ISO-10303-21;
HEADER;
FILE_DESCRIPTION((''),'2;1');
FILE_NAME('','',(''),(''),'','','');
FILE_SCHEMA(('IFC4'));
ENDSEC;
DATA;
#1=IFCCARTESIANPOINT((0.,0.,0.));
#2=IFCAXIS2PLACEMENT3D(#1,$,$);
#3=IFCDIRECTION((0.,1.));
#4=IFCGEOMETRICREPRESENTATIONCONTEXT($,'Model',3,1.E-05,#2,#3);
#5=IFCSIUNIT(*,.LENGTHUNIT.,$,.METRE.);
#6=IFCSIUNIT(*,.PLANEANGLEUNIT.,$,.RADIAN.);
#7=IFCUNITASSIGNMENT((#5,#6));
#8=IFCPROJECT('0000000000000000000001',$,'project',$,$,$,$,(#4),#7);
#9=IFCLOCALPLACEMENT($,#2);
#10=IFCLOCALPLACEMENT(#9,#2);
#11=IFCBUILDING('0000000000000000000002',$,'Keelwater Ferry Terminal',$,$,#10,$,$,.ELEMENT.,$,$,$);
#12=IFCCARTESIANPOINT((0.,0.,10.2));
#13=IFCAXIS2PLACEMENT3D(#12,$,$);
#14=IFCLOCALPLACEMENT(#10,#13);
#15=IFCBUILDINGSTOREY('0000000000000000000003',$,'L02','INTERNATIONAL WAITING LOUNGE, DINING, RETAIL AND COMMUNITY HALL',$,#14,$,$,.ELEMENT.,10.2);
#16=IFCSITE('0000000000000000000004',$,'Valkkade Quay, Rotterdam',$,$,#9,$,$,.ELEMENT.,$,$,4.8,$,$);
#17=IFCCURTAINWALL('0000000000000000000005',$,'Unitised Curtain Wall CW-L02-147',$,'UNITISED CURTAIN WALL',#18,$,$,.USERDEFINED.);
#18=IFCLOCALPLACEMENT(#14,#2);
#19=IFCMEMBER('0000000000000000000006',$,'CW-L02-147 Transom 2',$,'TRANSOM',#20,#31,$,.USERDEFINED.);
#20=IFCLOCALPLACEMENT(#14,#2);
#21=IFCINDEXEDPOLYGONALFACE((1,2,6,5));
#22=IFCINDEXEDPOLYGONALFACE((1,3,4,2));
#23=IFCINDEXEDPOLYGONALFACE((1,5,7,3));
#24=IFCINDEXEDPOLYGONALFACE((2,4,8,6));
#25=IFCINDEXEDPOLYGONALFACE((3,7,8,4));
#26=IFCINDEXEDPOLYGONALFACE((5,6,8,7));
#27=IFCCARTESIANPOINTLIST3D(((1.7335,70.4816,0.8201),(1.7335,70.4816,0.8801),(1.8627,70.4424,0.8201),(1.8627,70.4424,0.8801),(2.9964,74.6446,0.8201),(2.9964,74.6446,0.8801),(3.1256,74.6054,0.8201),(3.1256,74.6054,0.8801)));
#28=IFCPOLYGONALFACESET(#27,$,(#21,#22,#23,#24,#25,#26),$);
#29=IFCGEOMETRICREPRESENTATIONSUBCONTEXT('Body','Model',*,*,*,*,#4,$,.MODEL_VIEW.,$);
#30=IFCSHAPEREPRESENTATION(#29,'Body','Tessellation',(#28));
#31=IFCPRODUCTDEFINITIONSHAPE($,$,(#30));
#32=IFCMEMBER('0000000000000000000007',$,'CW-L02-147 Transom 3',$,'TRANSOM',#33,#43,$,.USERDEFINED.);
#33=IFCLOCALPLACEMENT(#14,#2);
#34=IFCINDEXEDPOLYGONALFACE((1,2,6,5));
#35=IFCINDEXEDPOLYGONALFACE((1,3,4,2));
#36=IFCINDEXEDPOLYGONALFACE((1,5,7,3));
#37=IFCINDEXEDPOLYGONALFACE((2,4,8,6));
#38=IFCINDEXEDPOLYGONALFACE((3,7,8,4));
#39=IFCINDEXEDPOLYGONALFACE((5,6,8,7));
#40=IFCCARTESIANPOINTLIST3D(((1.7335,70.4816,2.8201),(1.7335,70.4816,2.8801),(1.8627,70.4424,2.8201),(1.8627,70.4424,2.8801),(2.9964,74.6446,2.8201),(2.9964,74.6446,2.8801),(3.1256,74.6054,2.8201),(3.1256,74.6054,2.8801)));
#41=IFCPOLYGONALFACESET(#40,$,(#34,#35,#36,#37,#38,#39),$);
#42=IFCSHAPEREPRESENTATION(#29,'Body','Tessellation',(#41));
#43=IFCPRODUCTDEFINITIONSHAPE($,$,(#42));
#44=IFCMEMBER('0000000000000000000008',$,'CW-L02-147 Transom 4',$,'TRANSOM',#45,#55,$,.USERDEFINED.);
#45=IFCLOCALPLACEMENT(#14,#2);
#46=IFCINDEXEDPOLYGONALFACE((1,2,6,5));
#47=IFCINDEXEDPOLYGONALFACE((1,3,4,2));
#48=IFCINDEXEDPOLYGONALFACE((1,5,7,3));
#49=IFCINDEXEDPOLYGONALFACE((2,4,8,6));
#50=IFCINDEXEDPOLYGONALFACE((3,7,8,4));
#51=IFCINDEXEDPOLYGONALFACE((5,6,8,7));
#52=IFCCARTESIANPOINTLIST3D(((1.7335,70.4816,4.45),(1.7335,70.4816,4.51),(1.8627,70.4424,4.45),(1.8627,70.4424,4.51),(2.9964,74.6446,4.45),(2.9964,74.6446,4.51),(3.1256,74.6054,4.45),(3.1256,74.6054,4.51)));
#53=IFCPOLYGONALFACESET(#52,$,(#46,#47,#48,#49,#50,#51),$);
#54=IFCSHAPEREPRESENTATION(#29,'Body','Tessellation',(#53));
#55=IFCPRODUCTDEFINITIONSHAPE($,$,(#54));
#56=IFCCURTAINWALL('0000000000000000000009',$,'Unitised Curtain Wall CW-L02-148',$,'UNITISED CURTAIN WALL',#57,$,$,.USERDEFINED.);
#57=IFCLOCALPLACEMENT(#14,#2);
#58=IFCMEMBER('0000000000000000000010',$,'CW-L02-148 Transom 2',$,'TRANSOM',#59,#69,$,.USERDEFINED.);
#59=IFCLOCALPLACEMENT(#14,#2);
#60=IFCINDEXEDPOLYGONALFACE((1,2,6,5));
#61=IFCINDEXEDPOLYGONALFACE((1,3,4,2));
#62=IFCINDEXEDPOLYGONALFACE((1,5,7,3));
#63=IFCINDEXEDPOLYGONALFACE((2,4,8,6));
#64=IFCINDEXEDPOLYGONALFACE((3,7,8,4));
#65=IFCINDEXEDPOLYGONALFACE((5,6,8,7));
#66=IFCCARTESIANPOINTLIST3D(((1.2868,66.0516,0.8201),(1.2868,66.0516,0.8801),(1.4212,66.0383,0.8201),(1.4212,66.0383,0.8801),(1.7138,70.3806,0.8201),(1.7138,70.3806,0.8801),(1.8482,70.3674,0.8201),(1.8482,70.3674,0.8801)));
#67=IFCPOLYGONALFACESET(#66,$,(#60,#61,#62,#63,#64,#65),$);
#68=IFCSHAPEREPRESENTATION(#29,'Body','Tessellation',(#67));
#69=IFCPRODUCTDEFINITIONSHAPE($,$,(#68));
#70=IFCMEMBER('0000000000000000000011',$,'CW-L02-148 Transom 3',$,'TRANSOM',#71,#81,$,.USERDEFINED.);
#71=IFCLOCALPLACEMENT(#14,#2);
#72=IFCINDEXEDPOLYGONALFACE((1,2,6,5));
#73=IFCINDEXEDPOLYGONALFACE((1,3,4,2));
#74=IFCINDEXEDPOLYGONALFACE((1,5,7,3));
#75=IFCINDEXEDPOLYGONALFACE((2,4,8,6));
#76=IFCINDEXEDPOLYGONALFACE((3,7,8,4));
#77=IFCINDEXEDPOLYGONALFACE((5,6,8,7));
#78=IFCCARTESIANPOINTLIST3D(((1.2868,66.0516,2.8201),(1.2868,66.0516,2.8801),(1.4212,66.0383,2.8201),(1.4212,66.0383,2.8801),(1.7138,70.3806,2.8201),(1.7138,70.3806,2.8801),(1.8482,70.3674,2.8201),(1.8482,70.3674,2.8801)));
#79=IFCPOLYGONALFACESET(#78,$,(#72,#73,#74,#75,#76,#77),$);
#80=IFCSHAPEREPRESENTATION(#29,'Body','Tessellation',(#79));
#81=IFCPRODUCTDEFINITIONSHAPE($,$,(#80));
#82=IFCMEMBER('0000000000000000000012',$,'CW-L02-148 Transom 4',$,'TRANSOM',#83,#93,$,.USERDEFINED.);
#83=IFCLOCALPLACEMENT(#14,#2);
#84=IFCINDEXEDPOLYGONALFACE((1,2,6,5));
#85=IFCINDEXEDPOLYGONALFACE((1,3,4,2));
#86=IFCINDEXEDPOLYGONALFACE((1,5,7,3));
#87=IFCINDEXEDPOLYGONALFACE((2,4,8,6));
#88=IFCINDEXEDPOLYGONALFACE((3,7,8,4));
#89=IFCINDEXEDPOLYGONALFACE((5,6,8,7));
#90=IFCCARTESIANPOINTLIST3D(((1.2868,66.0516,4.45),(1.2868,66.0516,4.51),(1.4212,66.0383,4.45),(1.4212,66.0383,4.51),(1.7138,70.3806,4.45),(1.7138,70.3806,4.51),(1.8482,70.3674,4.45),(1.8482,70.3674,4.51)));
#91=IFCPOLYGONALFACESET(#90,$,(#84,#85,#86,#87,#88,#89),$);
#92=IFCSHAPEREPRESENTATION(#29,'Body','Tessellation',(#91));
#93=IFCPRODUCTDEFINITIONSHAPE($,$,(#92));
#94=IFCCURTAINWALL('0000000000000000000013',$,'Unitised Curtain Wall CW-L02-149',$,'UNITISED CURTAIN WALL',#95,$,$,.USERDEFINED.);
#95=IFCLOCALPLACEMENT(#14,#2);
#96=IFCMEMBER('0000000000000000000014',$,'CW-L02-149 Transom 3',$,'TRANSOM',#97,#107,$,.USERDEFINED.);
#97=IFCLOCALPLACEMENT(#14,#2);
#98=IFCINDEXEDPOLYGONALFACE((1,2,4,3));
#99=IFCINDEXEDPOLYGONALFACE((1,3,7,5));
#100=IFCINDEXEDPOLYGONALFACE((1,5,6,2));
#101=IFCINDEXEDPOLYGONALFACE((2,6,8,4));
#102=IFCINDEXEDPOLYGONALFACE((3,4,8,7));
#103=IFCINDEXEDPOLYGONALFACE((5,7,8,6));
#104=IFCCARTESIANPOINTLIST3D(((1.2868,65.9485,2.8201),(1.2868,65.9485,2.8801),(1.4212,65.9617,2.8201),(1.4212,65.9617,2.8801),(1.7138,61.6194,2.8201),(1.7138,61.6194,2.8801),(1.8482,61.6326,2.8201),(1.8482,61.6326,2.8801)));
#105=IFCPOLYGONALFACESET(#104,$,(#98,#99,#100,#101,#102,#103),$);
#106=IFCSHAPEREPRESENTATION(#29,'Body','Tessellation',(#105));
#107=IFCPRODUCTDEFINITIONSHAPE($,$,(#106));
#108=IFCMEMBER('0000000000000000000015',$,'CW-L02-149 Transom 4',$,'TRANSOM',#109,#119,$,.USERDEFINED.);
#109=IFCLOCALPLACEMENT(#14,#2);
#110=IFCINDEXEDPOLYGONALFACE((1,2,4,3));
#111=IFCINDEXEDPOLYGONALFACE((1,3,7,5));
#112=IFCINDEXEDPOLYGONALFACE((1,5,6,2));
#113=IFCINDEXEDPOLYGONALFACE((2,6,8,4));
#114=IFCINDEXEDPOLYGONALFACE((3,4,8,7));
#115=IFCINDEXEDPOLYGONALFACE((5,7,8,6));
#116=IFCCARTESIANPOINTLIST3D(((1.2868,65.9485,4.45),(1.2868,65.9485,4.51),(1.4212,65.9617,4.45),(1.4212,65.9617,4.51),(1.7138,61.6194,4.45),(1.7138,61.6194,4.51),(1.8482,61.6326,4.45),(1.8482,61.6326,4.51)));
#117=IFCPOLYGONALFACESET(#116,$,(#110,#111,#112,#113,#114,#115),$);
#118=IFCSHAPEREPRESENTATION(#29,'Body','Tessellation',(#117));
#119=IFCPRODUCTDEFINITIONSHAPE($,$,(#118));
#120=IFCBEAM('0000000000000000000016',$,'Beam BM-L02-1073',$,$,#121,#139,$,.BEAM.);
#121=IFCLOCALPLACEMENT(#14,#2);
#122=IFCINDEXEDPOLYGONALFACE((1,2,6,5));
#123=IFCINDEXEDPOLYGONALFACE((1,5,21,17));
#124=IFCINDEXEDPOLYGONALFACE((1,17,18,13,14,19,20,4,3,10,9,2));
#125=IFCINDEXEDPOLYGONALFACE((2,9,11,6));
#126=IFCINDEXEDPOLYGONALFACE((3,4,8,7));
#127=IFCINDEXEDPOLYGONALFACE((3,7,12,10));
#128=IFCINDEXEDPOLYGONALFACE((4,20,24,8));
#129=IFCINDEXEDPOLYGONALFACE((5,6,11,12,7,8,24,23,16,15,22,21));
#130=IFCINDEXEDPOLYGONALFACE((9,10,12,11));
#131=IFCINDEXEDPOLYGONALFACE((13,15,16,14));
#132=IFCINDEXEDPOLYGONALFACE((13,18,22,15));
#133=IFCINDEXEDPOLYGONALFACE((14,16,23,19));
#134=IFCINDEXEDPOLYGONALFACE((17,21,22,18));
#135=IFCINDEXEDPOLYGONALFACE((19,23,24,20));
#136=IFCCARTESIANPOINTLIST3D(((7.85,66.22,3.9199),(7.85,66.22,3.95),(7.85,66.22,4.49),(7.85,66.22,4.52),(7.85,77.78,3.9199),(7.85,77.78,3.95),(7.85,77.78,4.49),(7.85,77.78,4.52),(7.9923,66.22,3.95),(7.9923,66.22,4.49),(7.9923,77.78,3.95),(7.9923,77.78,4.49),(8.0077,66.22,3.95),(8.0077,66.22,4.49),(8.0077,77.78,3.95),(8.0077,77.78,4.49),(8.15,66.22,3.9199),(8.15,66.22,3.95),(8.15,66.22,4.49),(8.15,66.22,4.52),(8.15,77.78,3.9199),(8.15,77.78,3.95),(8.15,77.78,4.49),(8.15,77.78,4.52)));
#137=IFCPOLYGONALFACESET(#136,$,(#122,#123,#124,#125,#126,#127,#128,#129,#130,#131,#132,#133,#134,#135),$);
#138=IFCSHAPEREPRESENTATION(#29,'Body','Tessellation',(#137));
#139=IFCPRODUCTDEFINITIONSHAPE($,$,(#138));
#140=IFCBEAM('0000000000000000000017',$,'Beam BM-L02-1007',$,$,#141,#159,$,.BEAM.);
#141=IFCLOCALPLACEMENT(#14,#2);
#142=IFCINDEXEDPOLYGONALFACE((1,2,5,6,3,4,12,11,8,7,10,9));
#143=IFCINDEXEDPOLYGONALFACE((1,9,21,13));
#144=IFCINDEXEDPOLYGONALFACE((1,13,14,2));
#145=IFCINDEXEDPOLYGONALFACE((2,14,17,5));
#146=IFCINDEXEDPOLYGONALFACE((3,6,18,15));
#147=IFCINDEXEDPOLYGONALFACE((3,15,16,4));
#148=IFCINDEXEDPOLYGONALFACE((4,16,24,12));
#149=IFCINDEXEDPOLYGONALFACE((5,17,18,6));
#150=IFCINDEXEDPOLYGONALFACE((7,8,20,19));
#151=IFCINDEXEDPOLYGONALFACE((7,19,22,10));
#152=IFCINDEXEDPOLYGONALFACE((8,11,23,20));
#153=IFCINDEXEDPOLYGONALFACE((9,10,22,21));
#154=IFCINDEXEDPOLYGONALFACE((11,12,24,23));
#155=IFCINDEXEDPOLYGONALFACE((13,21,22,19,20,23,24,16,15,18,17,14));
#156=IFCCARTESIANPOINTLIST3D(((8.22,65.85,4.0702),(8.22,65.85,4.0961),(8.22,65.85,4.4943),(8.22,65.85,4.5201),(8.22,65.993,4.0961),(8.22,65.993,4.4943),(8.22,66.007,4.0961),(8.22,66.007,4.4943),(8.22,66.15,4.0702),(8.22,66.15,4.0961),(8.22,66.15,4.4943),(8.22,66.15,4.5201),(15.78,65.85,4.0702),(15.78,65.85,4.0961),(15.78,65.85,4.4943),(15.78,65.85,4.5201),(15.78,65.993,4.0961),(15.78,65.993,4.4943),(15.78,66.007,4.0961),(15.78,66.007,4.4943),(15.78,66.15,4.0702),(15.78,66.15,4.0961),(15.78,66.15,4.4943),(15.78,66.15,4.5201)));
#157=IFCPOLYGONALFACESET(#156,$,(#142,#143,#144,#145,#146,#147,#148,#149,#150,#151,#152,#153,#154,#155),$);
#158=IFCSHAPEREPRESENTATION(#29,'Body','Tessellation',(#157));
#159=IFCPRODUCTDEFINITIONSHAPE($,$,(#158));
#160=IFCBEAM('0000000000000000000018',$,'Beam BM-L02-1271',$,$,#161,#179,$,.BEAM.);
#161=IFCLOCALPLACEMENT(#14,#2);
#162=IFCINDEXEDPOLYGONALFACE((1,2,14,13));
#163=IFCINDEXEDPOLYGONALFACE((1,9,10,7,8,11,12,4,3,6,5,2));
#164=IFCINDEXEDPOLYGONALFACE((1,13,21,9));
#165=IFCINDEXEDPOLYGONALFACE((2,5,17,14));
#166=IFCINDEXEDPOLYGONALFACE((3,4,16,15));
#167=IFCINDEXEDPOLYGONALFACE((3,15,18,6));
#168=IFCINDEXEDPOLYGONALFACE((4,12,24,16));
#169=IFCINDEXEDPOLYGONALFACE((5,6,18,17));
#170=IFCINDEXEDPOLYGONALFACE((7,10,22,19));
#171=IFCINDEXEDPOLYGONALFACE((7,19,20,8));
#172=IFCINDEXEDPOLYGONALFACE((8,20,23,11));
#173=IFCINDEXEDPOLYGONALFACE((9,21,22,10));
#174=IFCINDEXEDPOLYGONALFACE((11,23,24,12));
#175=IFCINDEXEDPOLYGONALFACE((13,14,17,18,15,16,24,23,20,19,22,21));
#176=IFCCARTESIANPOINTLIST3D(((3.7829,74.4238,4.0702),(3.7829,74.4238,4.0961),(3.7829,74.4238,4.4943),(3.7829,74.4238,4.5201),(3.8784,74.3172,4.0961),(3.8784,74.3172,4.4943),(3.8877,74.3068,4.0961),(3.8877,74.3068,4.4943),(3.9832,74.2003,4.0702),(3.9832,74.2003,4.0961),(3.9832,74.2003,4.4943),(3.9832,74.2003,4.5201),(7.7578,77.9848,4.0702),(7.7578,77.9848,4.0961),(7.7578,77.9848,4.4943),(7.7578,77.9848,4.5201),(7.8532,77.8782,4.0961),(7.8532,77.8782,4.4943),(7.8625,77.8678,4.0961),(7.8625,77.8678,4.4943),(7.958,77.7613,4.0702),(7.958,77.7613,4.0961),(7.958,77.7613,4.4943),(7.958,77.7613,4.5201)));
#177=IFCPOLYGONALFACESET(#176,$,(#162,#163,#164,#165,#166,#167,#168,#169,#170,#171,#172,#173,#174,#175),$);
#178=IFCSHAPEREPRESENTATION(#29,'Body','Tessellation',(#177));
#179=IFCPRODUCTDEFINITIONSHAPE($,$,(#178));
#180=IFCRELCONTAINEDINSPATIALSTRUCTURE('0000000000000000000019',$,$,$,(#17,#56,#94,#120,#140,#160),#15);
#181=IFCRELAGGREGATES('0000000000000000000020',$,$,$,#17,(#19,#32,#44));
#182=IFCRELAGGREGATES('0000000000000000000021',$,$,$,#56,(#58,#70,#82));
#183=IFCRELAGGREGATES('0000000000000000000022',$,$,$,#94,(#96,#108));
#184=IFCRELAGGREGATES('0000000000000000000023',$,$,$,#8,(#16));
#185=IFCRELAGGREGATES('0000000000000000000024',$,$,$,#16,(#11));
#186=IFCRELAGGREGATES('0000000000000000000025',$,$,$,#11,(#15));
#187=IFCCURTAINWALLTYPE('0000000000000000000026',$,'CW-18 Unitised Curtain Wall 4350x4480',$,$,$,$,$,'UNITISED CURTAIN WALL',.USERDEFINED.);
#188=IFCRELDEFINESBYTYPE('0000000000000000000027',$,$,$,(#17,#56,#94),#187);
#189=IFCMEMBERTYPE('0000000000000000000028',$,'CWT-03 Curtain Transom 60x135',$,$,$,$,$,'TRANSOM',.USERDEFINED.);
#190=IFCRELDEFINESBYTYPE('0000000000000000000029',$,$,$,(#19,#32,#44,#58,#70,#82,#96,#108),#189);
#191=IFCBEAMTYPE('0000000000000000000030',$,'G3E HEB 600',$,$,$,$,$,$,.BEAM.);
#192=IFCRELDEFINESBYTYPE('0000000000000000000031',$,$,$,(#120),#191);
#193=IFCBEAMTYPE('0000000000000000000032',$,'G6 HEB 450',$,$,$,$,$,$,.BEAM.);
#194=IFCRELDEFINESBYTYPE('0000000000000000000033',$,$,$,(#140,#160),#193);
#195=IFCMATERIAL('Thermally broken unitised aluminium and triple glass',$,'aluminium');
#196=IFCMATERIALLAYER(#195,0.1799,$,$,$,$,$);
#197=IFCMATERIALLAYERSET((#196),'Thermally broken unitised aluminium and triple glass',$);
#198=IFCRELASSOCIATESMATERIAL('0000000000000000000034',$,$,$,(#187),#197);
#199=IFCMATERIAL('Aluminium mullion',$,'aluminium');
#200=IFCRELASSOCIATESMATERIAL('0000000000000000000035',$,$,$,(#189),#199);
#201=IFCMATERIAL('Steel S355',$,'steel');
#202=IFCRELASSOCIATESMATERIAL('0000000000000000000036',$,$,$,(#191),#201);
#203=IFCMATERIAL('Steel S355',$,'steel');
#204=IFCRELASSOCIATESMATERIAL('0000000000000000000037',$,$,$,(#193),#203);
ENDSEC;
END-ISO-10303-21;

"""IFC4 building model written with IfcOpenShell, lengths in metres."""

from ifc_helpers import new_model, si_unit, direction, frame, origin, origin_2d, place, context, subcontext, project, spatial, rectangle, i_section, extrude, material, layer, layer_set, material_profile, profile_set, type_object, element, aggregate, save


model = new_model("IFC4")

# Units and contexts
model_context = context("Model", 3, precision=1e-05, world=origin(), true_north=direction((0.0, 1.0)))
body_context = subcontext(model_context, "Body", "Model", "MODEL_VIEW")
ifc_project = project(units=[si_unit("LENGTHUNIT", "METRE"), si_unit("PLANEANGLEUNIT", "RADIAN")], contexts=[model_context])

# Site, building, storey
site_placement = place(None, origin())
site = spatial("IfcSite", under=ifc_project, at=site_placement, Name="Valkkade Quay, Rotterdam", CompositionType="ELEMENT", RefElevation=4.8)
building_placement = place(site_placement, origin())
building = spatial("IfcBuilding", under=site, at=building_placement, Name="Keelwater Ferry Terminal", CompositionType="ELEMENT")
storey_placement = place(building_placement, frame((0.0, 0.0, 10.2)))
storey = spatial("IfcBuildingStorey", under=building, at=storey_placement, Name="L02", Description="INTERNATIONAL WAITING LOUNGE, DINING, RETAIL AND COMMUNITY HALL", CompositionType="ELEMENT", Elevation=10.2)

# Curtain walls, members
ifc_material_1 = material(Name="Thermally broken unitised aluminium and triple glass", Category="aluminium")
ifc_layer_1 = layer(ifc_material_1, 0.1799)
ifc_layer_set_1 = layer_set([ifc_layer_1], Name="Thermally broken unitised aluminium and triple glass")
curtain_wall_type = type_object("IfcCurtainWallType", Name="CW-18 Unitised Curtain Wall 4350x4480", ElementType="UNITISED CURTAIN WALL", PredefinedType="USERDEFINED", material=ifc_layer_set_1)
curtain_wall_1_placement = place(storey_placement, origin())
curtain_wall_1 = element("IfcCurtainWall", 1, at=curtain_wall_1_placement, inside=storey, type_object=curtain_wall_type, Name="Unitised Curtain Wall CW-L02-147", ObjectType="UNITISED CURTAIN WALL", PredefinedType="USERDEFINED")
ifc_material_2 = material(Name="Aluminium mullion", Category="aluminium")
ifc_material_profile_1 = material_profile(ifc_material_2, rectangle(XDim=0.135, YDim=0.0601, at=origin_2d()), Name="CWT-03")
ifc_profile_set_1 = profile_set([ifc_material_profile_1], Name="Aluminium mullion")
member_type = type_object("IfcMemberType", Name="CWT-03 Curtain Transom 60x135", ElementType="TRANSOM", PredefinedType="USERDEFINED", material=ifc_profile_set_1)
member_1_placement = place(storey_placement, frame((3.061, 74.625, 0.8501), z_axis=(-0.290302, -0.956935, 0.0), x_axis=(0.956935, -0.290302, 0.0)))
member_1 = element("IfcMember", 2, at=member_1_placement, type_object=member_type, Name="CW-L02-147 Transom 2", ObjectType="TRANSOM", PredefinedType="USERDEFINED", context=body_context, shape_type="SweptSolid", body=[
    extrude(rectangle(XDim=0.135, YDim=0.0601, at=origin_2d()), origin(), (0.0, 0.0, 1.0), 4.3503),
])
member_2_placement = place(storey_placement, frame((3.061, 74.625, 2.8501), z_axis=(-0.290302, -0.956935, 0.0), x_axis=(0.956935, -0.290302, 0.0)))
member_2 = element("IfcMember", 3, at=member_2_placement, type_object=member_type, Name="CW-L02-147 Transom 3", ObjectType="TRANSOM", PredefinedType="USERDEFINED", context=body_context, shape_type="SweptSolid", body=[
    extrude(rectangle(XDim=0.135, YDim=0.0601, at=origin_2d()), origin(), (0.0, 0.0, 1.0), 4.3503),
])
member_3_placement = place(storey_placement, frame((3.061, 74.625, 4.48), z_axis=(-0.290302, -0.956935, 0.0), x_axis=(0.956935, -0.290302, 0.0)))
member_3 = element("IfcMember", 4, at=member_3_placement, type_object=member_type, Name="CW-L02-147 Transom 4", ObjectType="TRANSOM", PredefinedType="USERDEFINED", context=body_context, shape_type="SweptSolid", body=[
    extrude(rectangle(XDim=0.135, YDim=0.0601, at=origin_2d()), origin(), (0.0, 0.0, 1.0), 4.3503),
])
curtain_wall_2_placement = place(storey_placement, origin())
curtain_wall_2 = element("IfcCurtainWall", 5, at=curtain_wall_2_placement, inside=storey, type_object=curtain_wall_type, Name="Unitised Curtain Wall CW-L02-148", ObjectType="UNITISED CURTAIN WALL", PredefinedType="USERDEFINED")
member_4_placement = place(storey_placement, frame((1.781, 70.374, 0.8501), z_axis=(-0.098159, -0.995171, 0.0), x_axis=(0.995171, -0.098159, 0.0)))
member_4 = element("IfcMember", 6, at=member_4_placement, type_object=member_type, Name="CW-L02-148 Transom 2", ObjectType="TRANSOM", PredefinedType="USERDEFINED", context=body_context, shape_type="SweptSolid", body=[
    extrude(rectangle(XDim=0.135, YDim=0.0601, at=origin_2d()), origin(), (0.0, 0.0, 1.0), 4.3501),
])
member_5_placement = place(storey_placement, frame((1.781, 70.374, 2.8501), z_axis=(-0.098159, -0.995171, 0.0), x_axis=(0.995171, -0.098159, 0.0)))
member_5 = element("IfcMember", 7, at=member_5_placement, type_object=member_type, Name="CW-L02-148 Transom 3", ObjectType="TRANSOM", PredefinedType="USERDEFINED", context=body_context, shape_type="SweptSolid", body=[
    extrude(rectangle(XDim=0.135, YDim=0.0601, at=origin_2d()), origin(), (0.0, 0.0, 1.0), 4.3501),
])
member_6_placement = place(storey_placement, frame((1.781, 70.374, 4.48), z_axis=(-0.098159, -0.995171, 0.0), x_axis=(0.995171, -0.098159, 0.0)))
member_6 = element("IfcMember", 8, at=member_6_placement, type_object=member_type, Name="CW-L02-148 Transom 4", ObjectType="TRANSOM", PredefinedType="USERDEFINED", context=body_context, shape_type="SweptSolid", body=[
    extrude(rectangle(XDim=0.135, YDim=0.0601, at=origin_2d()), origin(), (0.0, 0.0, 1.0), 4.3501),
])
curtain_wall_3_placement = place(storey_placement, origin())
curtain_wall_3 = element("IfcCurtainWall", 9, at=curtain_wall_3_placement, inside=storey, type_object=curtain_wall_type, Name="Unitised Curtain Wall CW-L02-149", ObjectType="UNITISED CURTAIN WALL", PredefinedType="USERDEFINED")
member_7_placement = place(storey_placement, frame((1.354, 65.9551, 2.8501), z_axis=(0.098159, -0.995171, 0.0), x_axis=(0.995171, 0.098159, 0.0)))
member_7 = element("IfcMember", 10, at=member_7_placement, type_object=member_type, Name="CW-L02-149 Transom 3", ObjectType="TRANSOM", PredefinedType="USERDEFINED", context=body_context, shape_type="SweptSolid", body=[
    extrude(rectangle(XDim=0.135, YDim=0.0601, at=origin_2d()), origin(), (0.0, 0.0, 1.0), 4.3501),
])
member_8_placement = place(storey_placement, frame((1.354, 65.9551, 4.48), z_axis=(0.098159, -0.995171, 0.0), x_axis=(0.995171, 0.098159, 0.0)))
member_8 = element("IfcMember", 11, at=member_8_placement, type_object=member_type, Name="CW-L02-149 Transom 4", ObjectType="TRANSOM", PredefinedType="USERDEFINED", context=body_context, shape_type="SweptSolid", body=[
    extrude(rectangle(XDim=0.135, YDim=0.0601, at=origin_2d()), origin(), (0.0, 0.0, 1.0), 4.3501),
])

# Beams
ifc_material_3 = material(Name="Steel S355", Category="steel")
ifc_material_profile_2 = material_profile(ifc_material_3, i_section(OverallWidth=0.3, OverallDepth=0.6001, WebThickness=0.0154, FlangeThickness=0.03, at=origin_2d()), Name="HEB 600")
ifc_profile_set_2 = profile_set([ifc_material_profile_2], Name="Steel S355")
beam_type_1 = type_object("IfcBeamType", Name="G3E HEB 600", PredefinedType="BEAM", material=ifc_profile_set_2)
beam_1_placement = place(storey_placement, frame((8.0, 66.22, 4.22), z_axis=(0.0, 1.0, 0.0), x_axis=(-1.0, 0.0, 0.0)))
element("IfcBeam", 12, at=beam_1_placement, inside=storey, type_object=beam_type_1, Name="Beam BM-L02-1073", PredefinedType="BEAM", context=body_context, shape_type="SweptSolid", body=[
    extrude(i_section(OverallWidth=0.3, OverallDepth=0.6001, WebThickness=0.0154, FlangeThickness=0.03, at=origin_2d()), origin(), (0.0, 0.0, 1.0), 11.5601),
])
ifc_material_4 = material(Name="Steel S355", Category="steel")
ifc_material_profile_3 = material_profile(ifc_material_4, i_section(OverallWidth=0.3, OverallDepth=0.45, WebThickness=0.0139, FlangeThickness=0.0259, at=origin_2d()), Name="HEB 450")
ifc_profile_set_3 = profile_set([ifc_material_profile_3], Name="Steel S355")
beam_type_2 = type_object("IfcBeamType", Name="G6 HEB 450", PredefinedType="BEAM", material=ifc_profile_set_3)
beam_2_placement = place(storey_placement, frame((8.22, 66.0, 4.2952), z_axis=(1.0, 0.0, 0.0), x_axis=(0.0, 1.0, 0.0)))
element("IfcBeam", 13, at=beam_2_placement, inside=storey, type_object=beam_type_2, Name="Beam BM-L02-1007", PredefinedType="BEAM", context=body_context, shape_type="SweptSolid", body=[
    extrude(i_section(OverallWidth=0.3, OverallDepth=0.45, WebThickness=0.0139, FlangeThickness=0.0259, at=origin_2d()), origin(), (0.0, 0.0, 1.0), 7.5601),
])
beam_3_placement = place(storey_placement, frame((3.8831, 74.312, 4.2952), z_axis=(0.744814, 0.667272, 0.0), x_axis=(-0.667272, 0.744814, 0.0)))
element("IfcBeam", 14, at=beam_3_placement, inside=storey, type_object=beam_type_2, Name="Beam BM-L02-1271", PredefinedType="BEAM", context=body_context, shape_type="SweptSolid", body=[
    extrude(i_section(OverallWidth=0.3, OverallDepth=0.45, WebThickness=0.0139, FlangeThickness=0.0259, at=origin_2d()), origin(), (0.0, 0.0, 1.0), 5.3367),
])

aggregate(curtain_wall_1, [member_1, member_2, member_3])
aggregate(curtain_wall_2, [member_4, member_5, member_6])
aggregate(curtain_wall_3, [member_7, member_8])

save(model, "model.ifc")
